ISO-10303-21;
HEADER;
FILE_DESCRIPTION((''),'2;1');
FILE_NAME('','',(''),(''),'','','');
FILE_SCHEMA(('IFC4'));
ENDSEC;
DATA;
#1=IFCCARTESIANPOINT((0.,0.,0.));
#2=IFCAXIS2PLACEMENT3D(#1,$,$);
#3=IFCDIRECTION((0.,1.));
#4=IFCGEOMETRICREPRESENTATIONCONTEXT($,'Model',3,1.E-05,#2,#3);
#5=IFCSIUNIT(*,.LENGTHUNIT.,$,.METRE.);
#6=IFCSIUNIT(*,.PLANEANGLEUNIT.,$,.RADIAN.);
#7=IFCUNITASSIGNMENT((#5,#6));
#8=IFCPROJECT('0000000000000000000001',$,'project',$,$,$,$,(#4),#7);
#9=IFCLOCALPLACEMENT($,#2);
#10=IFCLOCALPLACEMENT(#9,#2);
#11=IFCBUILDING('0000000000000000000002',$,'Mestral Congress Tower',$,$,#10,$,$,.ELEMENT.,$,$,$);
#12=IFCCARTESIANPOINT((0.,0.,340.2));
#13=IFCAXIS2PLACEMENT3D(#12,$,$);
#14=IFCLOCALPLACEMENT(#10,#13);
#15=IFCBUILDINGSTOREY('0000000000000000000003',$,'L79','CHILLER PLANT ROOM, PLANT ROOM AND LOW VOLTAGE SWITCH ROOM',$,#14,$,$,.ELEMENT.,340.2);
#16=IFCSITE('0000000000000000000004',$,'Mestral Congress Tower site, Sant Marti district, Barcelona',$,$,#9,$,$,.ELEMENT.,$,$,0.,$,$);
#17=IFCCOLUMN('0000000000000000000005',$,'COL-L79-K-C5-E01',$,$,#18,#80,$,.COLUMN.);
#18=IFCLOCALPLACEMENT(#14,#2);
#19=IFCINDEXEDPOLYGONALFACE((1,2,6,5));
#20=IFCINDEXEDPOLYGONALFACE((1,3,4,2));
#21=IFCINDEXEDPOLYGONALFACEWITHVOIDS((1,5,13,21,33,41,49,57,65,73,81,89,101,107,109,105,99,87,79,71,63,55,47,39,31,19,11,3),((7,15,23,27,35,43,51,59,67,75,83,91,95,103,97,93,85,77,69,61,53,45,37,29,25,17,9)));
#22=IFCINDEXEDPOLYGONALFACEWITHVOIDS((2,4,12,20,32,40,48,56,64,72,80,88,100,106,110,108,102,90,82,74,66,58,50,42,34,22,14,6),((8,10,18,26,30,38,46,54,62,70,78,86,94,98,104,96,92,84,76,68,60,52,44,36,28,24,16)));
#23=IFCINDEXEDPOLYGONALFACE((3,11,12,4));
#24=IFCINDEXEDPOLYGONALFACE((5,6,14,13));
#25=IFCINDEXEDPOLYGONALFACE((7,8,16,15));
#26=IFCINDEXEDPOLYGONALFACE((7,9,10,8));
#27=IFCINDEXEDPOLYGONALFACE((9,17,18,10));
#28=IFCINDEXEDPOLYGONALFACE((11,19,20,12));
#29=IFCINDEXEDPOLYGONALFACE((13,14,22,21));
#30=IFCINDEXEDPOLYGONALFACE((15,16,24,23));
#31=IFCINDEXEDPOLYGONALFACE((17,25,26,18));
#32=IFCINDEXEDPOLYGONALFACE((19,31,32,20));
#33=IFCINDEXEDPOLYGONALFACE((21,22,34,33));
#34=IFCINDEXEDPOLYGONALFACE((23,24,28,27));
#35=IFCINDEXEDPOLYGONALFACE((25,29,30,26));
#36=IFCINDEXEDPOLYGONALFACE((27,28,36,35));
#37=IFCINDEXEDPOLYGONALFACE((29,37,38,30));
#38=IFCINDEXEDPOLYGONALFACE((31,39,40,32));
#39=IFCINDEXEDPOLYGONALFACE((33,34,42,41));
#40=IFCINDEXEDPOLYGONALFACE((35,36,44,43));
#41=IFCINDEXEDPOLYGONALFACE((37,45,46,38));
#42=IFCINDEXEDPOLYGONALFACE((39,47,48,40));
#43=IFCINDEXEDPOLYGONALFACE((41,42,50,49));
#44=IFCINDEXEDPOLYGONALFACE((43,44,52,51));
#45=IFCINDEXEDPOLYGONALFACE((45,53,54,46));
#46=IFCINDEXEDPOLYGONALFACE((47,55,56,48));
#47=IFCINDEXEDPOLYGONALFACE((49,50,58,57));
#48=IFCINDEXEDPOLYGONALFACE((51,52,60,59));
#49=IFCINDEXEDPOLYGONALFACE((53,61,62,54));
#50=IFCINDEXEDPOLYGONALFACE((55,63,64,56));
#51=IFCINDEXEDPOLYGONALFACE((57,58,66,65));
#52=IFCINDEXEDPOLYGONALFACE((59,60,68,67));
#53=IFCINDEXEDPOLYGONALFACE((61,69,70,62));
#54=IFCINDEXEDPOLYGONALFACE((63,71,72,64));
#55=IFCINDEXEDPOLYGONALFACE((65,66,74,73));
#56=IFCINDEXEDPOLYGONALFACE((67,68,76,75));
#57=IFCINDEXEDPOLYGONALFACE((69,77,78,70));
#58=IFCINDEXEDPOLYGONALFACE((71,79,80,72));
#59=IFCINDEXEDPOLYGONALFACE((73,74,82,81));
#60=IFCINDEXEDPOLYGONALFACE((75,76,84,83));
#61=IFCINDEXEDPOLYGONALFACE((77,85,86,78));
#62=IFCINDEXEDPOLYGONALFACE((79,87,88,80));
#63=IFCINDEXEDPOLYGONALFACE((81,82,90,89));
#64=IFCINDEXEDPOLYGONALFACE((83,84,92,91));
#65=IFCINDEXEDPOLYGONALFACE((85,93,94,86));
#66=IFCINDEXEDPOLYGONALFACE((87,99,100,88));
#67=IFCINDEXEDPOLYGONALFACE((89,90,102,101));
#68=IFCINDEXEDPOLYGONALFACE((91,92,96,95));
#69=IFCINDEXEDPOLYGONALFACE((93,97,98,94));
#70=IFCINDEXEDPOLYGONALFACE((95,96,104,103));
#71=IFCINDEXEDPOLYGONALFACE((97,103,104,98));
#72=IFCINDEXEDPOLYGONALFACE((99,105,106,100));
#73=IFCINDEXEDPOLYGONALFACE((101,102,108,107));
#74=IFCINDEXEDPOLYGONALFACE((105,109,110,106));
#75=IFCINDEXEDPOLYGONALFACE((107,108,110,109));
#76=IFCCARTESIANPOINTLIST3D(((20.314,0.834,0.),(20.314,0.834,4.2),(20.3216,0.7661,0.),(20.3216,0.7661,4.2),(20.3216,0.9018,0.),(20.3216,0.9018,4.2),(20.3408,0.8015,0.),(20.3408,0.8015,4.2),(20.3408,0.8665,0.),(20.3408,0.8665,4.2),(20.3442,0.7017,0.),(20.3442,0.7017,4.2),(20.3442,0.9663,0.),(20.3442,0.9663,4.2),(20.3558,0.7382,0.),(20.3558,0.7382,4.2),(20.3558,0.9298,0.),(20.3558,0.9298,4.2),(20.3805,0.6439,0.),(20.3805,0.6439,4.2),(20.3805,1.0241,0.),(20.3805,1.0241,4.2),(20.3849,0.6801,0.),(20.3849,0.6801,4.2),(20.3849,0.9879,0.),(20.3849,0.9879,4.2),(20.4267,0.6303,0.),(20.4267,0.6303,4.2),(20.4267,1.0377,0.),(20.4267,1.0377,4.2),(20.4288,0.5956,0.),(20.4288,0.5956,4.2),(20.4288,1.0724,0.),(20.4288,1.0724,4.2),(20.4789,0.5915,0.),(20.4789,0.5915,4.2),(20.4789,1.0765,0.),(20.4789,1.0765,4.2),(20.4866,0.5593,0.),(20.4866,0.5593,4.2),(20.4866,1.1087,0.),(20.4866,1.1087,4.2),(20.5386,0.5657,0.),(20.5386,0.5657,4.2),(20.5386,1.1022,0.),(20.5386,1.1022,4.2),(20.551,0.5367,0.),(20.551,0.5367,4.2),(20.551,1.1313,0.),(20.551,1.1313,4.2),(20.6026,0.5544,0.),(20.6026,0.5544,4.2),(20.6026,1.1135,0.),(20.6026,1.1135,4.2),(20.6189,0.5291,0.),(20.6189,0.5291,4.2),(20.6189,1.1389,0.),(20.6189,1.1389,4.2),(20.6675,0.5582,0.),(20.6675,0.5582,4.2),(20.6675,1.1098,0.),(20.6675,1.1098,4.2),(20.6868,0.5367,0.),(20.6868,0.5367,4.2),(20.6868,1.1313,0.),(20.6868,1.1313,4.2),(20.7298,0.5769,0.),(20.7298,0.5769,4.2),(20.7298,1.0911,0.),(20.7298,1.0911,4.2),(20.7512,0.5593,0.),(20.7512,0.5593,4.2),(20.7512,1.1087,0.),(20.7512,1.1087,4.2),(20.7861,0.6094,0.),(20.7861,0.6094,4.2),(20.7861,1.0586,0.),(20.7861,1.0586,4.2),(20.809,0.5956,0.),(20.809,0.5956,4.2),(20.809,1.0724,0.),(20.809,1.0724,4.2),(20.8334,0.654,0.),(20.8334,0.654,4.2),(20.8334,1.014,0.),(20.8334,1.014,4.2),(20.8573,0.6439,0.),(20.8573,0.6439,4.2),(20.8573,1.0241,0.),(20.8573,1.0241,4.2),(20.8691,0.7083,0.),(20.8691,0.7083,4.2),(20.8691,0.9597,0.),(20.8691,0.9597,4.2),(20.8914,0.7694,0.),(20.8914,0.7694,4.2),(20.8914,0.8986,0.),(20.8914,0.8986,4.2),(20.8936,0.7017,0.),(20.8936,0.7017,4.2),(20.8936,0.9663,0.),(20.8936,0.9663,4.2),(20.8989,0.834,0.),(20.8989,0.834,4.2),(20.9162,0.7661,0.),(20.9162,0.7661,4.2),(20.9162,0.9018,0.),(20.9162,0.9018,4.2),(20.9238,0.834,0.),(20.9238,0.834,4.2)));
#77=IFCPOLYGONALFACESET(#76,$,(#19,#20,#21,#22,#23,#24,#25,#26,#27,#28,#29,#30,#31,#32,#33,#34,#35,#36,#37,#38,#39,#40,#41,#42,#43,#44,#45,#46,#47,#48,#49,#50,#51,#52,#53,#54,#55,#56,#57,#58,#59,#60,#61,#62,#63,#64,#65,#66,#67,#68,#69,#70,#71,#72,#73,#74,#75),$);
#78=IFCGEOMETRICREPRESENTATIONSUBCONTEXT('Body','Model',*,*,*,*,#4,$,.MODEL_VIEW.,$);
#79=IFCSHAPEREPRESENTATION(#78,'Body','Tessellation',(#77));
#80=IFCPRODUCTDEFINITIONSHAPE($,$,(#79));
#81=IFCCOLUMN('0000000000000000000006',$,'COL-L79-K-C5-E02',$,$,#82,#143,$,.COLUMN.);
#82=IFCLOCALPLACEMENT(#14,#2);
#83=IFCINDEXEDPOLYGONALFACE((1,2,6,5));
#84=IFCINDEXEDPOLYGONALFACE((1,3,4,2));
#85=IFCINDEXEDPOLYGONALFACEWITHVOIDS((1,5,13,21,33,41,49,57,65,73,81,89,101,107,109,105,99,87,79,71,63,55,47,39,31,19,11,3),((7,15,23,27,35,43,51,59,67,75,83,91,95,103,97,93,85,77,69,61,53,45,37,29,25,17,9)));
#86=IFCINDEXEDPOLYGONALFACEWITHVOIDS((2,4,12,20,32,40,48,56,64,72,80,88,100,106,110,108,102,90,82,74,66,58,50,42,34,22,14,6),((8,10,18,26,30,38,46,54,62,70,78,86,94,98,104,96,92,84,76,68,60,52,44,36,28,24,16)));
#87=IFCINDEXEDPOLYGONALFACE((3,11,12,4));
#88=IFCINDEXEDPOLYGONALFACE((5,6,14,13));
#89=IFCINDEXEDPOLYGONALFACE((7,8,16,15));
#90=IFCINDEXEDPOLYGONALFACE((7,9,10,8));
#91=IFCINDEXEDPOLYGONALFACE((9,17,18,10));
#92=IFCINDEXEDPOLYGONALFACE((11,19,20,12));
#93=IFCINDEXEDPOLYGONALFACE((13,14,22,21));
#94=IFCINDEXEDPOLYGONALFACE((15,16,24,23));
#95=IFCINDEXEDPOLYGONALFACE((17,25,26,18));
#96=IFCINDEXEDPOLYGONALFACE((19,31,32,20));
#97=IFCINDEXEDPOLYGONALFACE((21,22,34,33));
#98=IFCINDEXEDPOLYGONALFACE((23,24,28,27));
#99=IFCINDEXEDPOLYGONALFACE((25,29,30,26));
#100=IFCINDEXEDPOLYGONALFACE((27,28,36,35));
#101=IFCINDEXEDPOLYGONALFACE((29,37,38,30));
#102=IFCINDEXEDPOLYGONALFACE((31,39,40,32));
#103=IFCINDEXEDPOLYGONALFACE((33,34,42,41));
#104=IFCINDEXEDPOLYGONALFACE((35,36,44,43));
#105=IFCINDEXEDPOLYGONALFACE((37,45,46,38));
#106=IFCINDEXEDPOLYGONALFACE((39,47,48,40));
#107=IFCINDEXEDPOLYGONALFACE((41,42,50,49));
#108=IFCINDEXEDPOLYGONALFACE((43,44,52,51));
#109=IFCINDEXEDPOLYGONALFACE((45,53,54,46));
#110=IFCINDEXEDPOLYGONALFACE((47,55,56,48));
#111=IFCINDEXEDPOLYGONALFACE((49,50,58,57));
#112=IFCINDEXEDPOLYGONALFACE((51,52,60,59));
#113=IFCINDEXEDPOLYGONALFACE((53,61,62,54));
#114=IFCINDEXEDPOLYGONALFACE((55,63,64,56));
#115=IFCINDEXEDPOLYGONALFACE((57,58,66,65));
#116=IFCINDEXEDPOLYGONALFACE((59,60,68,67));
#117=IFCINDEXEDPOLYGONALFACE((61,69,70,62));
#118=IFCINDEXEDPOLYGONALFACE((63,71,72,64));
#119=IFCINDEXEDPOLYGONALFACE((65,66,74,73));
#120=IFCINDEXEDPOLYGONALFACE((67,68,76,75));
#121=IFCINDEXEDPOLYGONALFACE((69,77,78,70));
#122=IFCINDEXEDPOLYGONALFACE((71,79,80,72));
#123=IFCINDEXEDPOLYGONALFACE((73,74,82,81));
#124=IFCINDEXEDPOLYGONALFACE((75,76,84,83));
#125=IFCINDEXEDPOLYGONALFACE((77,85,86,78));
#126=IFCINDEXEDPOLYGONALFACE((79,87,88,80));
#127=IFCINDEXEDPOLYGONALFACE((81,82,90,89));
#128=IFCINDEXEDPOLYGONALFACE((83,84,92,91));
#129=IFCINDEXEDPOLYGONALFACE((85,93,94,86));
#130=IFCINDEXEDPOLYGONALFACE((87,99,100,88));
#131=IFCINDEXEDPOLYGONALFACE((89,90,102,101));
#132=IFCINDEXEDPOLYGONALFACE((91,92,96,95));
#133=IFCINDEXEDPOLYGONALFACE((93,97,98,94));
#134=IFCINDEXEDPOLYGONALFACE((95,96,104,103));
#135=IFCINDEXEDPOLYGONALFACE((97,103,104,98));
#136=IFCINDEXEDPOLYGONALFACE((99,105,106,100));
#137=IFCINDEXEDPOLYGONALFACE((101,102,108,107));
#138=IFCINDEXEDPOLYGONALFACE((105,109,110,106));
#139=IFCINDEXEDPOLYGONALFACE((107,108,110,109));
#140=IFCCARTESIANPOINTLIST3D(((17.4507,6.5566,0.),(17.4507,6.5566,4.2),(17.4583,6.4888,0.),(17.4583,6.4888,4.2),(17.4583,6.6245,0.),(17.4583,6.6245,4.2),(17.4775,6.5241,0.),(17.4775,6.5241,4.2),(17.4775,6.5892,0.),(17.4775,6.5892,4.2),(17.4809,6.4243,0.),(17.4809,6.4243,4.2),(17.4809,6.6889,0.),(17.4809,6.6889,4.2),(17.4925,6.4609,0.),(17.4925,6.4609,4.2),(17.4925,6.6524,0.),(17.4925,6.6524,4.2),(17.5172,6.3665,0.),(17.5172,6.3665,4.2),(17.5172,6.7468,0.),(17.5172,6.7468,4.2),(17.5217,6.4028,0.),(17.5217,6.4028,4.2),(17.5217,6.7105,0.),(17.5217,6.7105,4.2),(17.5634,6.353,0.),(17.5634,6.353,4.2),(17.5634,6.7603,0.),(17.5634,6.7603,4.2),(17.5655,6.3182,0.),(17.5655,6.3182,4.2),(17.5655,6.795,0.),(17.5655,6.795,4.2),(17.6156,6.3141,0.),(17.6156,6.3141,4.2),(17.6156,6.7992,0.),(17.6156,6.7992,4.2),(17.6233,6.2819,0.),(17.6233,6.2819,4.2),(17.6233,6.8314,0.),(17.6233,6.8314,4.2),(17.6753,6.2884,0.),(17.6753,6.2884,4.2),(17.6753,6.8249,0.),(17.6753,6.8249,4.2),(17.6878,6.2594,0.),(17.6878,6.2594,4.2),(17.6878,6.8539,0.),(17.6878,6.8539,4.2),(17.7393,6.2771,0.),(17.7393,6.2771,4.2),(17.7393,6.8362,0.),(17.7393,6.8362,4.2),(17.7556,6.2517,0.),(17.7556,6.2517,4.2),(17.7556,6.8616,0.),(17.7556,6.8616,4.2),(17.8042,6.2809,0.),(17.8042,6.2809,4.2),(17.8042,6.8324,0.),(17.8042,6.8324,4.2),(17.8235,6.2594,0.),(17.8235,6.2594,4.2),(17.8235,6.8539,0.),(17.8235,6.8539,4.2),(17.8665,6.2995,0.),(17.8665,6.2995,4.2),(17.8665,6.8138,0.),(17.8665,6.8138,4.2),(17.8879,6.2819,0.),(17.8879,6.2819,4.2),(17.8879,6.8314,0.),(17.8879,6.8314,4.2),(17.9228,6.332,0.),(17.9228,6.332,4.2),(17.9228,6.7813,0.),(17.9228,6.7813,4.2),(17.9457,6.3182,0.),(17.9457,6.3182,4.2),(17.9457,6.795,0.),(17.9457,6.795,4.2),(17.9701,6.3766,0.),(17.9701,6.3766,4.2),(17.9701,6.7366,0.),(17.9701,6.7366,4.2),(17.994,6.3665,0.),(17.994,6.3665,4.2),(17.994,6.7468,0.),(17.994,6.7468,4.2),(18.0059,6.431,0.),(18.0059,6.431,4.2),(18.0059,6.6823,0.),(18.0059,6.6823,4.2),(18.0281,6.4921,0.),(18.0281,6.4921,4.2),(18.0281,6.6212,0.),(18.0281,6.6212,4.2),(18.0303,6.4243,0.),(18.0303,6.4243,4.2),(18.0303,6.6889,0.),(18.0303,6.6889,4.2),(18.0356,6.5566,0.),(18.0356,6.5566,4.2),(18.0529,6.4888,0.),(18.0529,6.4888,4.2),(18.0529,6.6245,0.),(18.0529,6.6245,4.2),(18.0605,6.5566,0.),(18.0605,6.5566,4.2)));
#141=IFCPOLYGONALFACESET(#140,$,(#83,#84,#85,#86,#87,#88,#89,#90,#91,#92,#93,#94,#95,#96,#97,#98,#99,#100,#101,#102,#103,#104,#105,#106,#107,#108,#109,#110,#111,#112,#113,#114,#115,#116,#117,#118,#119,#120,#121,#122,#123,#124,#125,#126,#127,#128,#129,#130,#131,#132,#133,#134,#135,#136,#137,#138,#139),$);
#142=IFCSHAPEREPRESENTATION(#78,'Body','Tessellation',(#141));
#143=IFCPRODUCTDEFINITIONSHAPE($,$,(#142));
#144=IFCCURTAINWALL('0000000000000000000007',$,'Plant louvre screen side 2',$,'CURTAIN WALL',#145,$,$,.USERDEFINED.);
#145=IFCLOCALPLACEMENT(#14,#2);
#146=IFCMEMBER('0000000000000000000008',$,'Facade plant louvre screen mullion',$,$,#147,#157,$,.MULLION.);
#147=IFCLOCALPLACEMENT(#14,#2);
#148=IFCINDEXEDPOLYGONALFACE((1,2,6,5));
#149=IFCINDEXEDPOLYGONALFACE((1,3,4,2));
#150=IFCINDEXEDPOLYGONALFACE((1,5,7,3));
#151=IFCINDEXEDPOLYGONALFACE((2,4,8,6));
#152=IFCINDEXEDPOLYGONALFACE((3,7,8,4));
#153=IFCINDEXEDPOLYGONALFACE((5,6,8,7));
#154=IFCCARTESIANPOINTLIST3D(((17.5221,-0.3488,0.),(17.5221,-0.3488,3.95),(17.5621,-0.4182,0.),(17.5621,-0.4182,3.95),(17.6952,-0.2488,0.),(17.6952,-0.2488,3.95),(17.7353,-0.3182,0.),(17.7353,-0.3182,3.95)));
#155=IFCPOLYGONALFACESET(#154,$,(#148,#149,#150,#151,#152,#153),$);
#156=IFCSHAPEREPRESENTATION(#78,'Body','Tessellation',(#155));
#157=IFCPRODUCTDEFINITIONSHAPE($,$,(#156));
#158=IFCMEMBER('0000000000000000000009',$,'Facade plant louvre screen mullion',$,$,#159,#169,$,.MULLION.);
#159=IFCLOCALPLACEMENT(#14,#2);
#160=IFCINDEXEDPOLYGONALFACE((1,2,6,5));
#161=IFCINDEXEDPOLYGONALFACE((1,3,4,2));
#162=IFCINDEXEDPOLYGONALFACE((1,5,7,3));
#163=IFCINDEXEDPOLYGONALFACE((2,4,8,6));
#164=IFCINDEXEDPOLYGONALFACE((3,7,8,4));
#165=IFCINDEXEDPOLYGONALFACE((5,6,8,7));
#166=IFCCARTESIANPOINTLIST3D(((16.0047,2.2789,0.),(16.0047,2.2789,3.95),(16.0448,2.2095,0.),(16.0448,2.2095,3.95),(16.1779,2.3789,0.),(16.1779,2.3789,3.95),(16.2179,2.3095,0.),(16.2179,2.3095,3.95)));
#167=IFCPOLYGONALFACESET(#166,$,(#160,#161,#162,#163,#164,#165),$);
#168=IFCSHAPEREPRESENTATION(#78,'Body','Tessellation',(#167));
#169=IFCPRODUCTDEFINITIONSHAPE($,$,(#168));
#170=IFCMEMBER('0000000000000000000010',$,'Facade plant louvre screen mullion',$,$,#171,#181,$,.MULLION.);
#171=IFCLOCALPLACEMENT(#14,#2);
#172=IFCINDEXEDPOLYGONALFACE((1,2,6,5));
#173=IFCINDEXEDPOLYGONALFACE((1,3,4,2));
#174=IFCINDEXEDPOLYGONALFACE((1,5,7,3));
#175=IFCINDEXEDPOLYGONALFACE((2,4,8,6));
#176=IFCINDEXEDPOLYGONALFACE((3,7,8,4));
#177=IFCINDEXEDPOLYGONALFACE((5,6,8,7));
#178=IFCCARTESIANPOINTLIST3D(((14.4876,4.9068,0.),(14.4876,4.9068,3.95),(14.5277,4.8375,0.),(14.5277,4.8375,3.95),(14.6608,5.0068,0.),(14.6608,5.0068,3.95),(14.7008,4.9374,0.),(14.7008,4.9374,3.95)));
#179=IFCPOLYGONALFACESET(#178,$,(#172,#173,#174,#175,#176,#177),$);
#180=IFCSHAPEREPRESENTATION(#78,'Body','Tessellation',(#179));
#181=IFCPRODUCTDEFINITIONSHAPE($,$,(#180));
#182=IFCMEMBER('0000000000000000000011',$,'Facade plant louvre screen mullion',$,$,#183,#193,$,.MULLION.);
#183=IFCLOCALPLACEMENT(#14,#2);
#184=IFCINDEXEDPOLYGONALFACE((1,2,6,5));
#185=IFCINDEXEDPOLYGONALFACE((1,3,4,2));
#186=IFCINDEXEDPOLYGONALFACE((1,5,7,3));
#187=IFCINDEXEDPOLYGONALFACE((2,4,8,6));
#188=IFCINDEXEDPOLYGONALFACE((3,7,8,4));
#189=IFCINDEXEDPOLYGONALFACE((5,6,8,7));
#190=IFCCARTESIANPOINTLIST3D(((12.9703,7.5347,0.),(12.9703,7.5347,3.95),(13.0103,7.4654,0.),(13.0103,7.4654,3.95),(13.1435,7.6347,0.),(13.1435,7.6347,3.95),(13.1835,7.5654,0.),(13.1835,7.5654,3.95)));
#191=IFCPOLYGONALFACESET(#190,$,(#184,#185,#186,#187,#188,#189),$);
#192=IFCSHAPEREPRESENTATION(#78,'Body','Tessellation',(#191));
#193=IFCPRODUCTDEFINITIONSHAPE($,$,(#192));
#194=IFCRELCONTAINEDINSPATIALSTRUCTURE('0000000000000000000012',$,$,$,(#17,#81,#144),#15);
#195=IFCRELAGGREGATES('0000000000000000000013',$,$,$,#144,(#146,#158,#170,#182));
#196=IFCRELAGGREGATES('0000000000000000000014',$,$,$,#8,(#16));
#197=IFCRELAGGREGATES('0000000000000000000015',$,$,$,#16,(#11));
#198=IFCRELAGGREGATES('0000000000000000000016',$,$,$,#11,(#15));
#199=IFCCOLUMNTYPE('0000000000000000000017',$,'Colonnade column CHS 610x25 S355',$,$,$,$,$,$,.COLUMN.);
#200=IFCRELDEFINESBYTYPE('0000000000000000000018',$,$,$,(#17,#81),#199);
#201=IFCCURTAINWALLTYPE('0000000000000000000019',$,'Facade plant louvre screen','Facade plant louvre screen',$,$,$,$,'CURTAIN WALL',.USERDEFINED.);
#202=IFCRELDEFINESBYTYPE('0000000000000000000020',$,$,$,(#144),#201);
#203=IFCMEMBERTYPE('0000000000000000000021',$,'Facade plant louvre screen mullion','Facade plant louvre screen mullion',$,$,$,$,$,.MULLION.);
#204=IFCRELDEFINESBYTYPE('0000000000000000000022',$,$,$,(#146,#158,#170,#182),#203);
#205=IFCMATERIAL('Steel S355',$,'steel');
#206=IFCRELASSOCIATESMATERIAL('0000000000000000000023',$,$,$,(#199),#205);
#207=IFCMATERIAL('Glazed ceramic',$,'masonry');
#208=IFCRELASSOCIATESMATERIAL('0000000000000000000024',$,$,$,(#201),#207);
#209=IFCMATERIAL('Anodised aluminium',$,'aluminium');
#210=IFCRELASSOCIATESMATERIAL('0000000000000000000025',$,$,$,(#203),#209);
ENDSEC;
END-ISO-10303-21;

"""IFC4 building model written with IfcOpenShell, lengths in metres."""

from ifc_helpers import new_model, si_unit, direction, frame, origin, origin_2d, place, context, subcontext, project, spatial, rectangle, hollow_circle, extrude, material, material_profile, profile_set, type_object, element, aggregate, save


model = new_model("IFC4")

# Units and contexts
model_context = context("Model", 3, precision=1e-05, world=origin(), true_north=direction((0.0, 1.0)))
body_context = subcontext(model_context, "Body", "Model", "MODEL_VIEW")
ifc_project = project(units=[si_unit("LENGTHUNIT", "METRE"), si_unit("PLANEANGLEUNIT", "RADIAN")], contexts=[model_context])

# Site, building, storey
site_placement = place(None, origin())
site = spatial("IfcSite", under=ifc_project, at=site_placement, Name="Mestral Congress Tower site, Sant Marti district, Barcelona", CompositionType="ELEMENT", RefElevation=0.0)
building_placement = place(site_placement, origin())
building = spatial("IfcBuilding", under=site, at=building_placement, Name="Mestral Congress Tower", CompositionType="ELEMENT")
storey_placement = place(building_placement, frame((0.0, 0.0, 340.2)))
storey = spatial("IfcBuildingStorey", under=building, at=storey_placement, Name="L79", Description="CHILLER PLANT ROOM, PLANT ROOM AND LOW VOLTAGE SWITCH ROOM", CompositionType="ELEMENT", Elevation=340.2)

# Columns
ifc_material_1 = material(Name="Steel S355", Category="steel")
ifc_material_profile_1 = material_profile(ifc_material_1, hollow_circle(Radius=0.3049, WallThickness=0.0249, at=origin_2d()), Name="CHS 610x25")
ifc_profile_set_1 = profile_set([ifc_material_profile_1], Name="Steel S355")
column_type = type_object("IfcColumnType", Name="Colonnade column CHS 610x25 S355", PredefinedType="COLUMN", material=ifc_profile_set_1)
for number, where, z_axis, x_axis, name in (
    (1, (20.6189, 0.834, 0.0), (0.0, 0.0, 1.0), (1.0, 0.0, 0.0), "COL-L79-K-C5-E01"),
    (2, (17.7556, 6.5566, 0.0), (0.0, 0.0, 1.0), (1.0, 0.0, 0.0), "COL-L79-K-C5-E02"),
):
    element("IfcColumn", number, at=place(storey_placement, frame(where, z_axis=z_axis, x_axis=x_axis)), inside=storey, type_object=column_type, Name=name, PredefinedType="COLUMN", context=body_context, shape_type="SweptSolid", body=[
        extrude(hollow_circle(Radius=0.3049, WallThickness=0.0249, at=origin_2d()), origin(), (0.0, 0.0, 1.0), 4.2),
    ])

# Curtain wall, members
ifc_material_2 = material(Name="Glazed ceramic", Category="masonry")
curtain_wall_type = type_object("IfcCurtainWallType", Name="Facade plant louvre screen", Description="Facade plant louvre screen", ElementType="CURTAIN WALL", PredefinedType="USERDEFINED", material=ifc_material_2)
curtain_wall_placement = place(storey_placement, origin())
curtain_wall = element("IfcCurtainWall", 3, at=curtain_wall_placement, inside=storey, type_object=curtain_wall_type, Name="Plant louvre screen side 2", ObjectType="CURTAIN WALL", PredefinedType="USERDEFINED")
ifc_material_3 = material(Name="Anodised aluminium", Category="aluminium")
ifc_material_profile_2 = material_profile(ifc_material_3, rectangle(XDim=0.2, YDim=0.0801, at=origin_2d()), Name="CW6 mullion 200 x 80")
ifc_profile_set_2 = profile_set([ifc_material_profile_2], Name="Anodised aluminium")
member_type_1 = type_object("IfcMemberType", Name="Facade plant louvre screen mullion", Description="Facade plant louvre screen mullion", PredefinedType="MULLION", material=ifc_profile_set_2)
member_1_placement = place(storey_placement, frame((17.6287, -0.3335, 0.0), z_axis=(0.0, 0.0, 1.0), x_axis=(0.866025, 0.500002, 0.0)))
member_1 = element("IfcMember", 4, at=member_1_placement, type_object=member_type_1, Name="Facade plant louvre screen mullion", PredefinedType="MULLION", context=body_context, shape_type="SweptSolid", body=[
    extrude(rectangle(XDim=0.2, YDim=0.0801, at=origin_2d()), origin(), (0.0, 0.0, 1.0), 3.95),
])
member_2_placement = place(storey_placement, frame((16.1113, 2.2942, 0.0), z_axis=(0.0, 0.0, 1.0), x_axis=(0.866025, 0.500002, 0.0)))
member_2 = element("IfcMember", 5, at=member_2_placement, type_object=member_type_1, Name="Facade plant louvre screen mullion", PredefinedType="MULLION", context=body_context, shape_type="SweptSolid", body=[
    extrude(rectangle(XDim=0.2, YDim=0.0801, at=origin_2d()), origin(), (0.0, 0.0, 1.0), 3.95),
])
member_3_placement = place(storey_placement, frame((14.5942, 4.9221, 0.0), z_axis=(0.0, 0.0, 1.0), x_axis=(0.866025, 0.500002, 0.0)))
member_3 = element("IfcMember", 6, at=member_3_placement, type_object=member_type_1, Name="Facade plant louvre screen mullion", PredefinedType="MULLION", context=body_context, shape_type="SweptSolid", body=[
    extrude(rectangle(XDim=0.2, YDim=0.0801, at=origin_2d()), origin(), (0.0, 0.0, 1.0), 3.95),
])
member_4_placement = place(storey_placement, frame((13.0769, 7.55, 0.0), z_axis=(0.0, 0.0, 1.0), x_axis=(0.866025, 0.500002, 0.0)))
member_4 = element("IfcMember", 7, at=member_4_placement, type_object=member_type_1, Name="Facade plant louvre screen mullion", PredefinedType="MULLION", context=body_context, shape_type="SweptSolid", body=[
    extrude(rectangle(XDim=0.2, YDim=0.0801, at=origin_2d()), origin(), (0.0, 0.0, 1.0), 3.95),
])

aggregate(curtain_wall, [member_1, member_2, member_3, member_4])

save(model, "model.ifc")
